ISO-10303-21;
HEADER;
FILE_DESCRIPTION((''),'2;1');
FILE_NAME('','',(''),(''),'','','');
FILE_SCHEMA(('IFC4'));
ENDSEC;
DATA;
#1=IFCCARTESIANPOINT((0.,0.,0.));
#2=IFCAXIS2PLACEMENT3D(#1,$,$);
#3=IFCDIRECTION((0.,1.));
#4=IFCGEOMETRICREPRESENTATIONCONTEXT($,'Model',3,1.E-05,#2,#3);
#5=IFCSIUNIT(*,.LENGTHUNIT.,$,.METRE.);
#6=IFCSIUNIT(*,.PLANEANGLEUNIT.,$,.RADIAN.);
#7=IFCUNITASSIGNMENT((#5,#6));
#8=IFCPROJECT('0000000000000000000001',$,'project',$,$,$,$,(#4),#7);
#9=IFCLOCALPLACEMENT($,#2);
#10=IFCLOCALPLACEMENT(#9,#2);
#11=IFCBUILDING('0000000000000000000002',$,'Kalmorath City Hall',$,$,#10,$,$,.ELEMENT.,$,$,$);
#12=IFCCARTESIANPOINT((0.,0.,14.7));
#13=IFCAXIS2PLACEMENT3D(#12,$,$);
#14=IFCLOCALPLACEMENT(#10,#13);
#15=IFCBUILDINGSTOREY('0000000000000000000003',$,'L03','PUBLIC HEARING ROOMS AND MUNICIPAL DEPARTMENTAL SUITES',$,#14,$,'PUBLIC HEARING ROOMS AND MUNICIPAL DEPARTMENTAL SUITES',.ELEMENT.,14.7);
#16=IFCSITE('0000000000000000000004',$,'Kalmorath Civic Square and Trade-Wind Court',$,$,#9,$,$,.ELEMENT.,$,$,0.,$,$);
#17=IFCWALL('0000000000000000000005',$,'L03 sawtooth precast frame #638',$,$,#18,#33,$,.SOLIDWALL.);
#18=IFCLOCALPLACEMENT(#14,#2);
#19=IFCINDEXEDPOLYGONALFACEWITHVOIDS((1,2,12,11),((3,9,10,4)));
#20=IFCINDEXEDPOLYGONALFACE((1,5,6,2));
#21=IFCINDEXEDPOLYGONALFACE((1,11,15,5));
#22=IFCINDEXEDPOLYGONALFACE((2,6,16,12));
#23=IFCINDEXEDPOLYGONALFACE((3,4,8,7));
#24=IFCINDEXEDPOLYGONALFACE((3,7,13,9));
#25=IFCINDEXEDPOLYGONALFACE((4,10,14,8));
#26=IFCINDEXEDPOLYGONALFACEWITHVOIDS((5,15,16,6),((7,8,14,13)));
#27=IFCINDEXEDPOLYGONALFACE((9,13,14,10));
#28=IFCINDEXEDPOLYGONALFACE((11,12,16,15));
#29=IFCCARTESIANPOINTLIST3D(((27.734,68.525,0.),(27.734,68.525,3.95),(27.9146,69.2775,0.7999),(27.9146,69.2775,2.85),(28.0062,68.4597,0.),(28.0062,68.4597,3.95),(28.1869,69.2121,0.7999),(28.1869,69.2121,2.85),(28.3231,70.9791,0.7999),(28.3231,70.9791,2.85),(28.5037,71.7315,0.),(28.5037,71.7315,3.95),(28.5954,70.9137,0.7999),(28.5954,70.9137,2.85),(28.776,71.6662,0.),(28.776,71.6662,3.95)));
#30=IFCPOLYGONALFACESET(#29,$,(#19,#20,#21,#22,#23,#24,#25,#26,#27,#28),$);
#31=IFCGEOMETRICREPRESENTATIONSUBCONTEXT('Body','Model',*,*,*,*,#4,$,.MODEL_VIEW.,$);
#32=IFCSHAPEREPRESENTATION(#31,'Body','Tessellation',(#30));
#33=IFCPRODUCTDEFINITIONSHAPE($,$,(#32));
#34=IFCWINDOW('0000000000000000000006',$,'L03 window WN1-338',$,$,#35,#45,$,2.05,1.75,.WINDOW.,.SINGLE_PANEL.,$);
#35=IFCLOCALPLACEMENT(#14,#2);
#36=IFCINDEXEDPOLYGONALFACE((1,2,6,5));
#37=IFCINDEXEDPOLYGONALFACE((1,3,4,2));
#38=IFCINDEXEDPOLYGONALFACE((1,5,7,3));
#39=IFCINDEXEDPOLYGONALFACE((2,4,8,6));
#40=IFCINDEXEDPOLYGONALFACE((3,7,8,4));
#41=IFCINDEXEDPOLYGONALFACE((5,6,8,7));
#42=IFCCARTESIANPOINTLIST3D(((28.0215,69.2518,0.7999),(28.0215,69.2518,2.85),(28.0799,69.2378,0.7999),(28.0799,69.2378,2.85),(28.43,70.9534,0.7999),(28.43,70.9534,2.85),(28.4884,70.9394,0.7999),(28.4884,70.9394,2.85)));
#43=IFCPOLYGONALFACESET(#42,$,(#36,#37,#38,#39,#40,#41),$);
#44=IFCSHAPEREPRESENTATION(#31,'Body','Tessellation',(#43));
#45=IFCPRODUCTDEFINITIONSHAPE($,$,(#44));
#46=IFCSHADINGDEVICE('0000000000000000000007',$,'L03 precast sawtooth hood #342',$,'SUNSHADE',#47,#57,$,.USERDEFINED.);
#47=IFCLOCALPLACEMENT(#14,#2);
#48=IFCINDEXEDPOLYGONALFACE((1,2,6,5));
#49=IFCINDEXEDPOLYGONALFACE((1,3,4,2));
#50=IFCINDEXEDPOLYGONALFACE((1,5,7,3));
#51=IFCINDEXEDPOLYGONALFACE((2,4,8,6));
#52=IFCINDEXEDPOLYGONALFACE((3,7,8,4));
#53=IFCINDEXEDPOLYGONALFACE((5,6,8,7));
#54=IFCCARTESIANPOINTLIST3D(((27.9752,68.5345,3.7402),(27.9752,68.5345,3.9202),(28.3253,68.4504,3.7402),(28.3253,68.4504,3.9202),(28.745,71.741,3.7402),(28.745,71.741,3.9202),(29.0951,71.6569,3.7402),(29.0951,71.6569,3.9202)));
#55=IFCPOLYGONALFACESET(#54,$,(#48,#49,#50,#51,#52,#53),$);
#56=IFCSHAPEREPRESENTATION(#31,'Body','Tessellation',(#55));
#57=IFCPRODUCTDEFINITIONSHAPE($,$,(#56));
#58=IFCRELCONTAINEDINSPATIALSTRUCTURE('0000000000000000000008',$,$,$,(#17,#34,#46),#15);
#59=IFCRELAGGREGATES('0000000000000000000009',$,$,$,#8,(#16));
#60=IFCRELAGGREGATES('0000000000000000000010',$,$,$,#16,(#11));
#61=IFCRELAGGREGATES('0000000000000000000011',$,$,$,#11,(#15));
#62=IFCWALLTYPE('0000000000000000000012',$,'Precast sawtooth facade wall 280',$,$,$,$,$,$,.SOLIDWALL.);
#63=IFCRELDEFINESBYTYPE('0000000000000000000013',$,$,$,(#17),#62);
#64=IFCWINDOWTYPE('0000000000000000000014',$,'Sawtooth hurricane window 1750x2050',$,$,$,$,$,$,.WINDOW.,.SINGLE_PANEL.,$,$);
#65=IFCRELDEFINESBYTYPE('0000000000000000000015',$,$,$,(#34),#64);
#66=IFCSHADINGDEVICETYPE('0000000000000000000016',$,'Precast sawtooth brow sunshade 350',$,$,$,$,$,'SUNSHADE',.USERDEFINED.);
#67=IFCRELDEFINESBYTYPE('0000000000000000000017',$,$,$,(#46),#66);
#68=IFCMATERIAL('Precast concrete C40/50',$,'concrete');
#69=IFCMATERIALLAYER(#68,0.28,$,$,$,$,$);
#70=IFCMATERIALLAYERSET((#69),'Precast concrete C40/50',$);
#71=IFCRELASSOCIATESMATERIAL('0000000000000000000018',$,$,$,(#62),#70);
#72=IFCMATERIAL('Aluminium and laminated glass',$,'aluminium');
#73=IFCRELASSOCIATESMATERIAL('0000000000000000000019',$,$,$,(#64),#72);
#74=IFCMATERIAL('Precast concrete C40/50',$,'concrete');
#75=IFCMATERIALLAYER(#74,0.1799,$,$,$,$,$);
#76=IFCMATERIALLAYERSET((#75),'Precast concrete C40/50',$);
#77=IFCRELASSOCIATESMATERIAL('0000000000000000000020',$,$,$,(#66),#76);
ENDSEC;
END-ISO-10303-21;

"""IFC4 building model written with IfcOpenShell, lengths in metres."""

from ifc_helpers import new_model, si_unit, direction, frame, frame_2d, origin, origin_2d, place, context, subcontext, project, spatial, rectangle, extrude, material, layer, layer_set, type_object, element, fill, save


model = new_model("IFC4")

# Units and contexts
model_context = context("Model", 3, precision=1e-05, world=origin(), true_north=direction((0.0, 1.0)))
body_context = subcontext(model_context, "Body", "Model", "MODEL_VIEW")
ifc_project = project(units=[si_unit("LENGTHUNIT", "METRE"), si_unit("PLANEANGLEUNIT", "RADIAN")], contexts=[model_context])

# Site, building, storey
site_placement = place(None, origin())
site = spatial("IfcSite", under=ifc_project, at=site_placement, Name="Kalmorath Civic Square and Trade-Wind Court", CompositionType="ELEMENT", RefElevation=0.0)
building_placement = place(site_placement, origin())
building = spatial("IfcBuilding", under=site, at=building_placement, Name="Kalmorath City Hall", CompositionType="ELEMENT")
storey_placement = place(building_placement, frame((0.0, 0.0, 14.7)))
storey = spatial("IfcBuildingStorey", under=building, at=storey_placement, Name="L03", Description="PUBLIC HEARING ROOMS AND MUNICIPAL DEPARTMENTAL SUITES", LongName="PUBLIC HEARING ROOMS AND MUNICIPAL DEPARTMENTAL SUITES", CompositionType="ELEMENT", Elevation=14.7)

# Wall, opening, window
ifc_material_1 = material(Name="Precast concrete C40/50", Category="concrete")
ifc_layer_1 = layer(ifc_material_1, 0.28)
ifc_layer_set_1 = layer_set([ifc_layer_1], Name="Precast concrete C40/50")
wall_type = type_object("IfcWallType", Name="Precast sawtooth facade wall 280", PredefinedType="SOLIDWALL", material=ifc_layer_set_1)
wall_placement = place(storey_placement, frame((28.6399, 71.699, 0.0), z_axis=(0.0, 0.0, 1.0), x_axis=(-0.233432, -0.972373, 0.0)))
wall = element("IfcWall", 1, at=wall_placement, inside=storey, type_object=wall_type, Name="L03 sawtooth precast frame #638", PredefinedType="SOLIDWALL", context=body_context, shape_type="SweptSolid", body=[
    extrude(rectangle(XDim=3.2976, YDim=0.28, at=frame_2d((1.6489, 0.0))), origin(), (0.0, 0.0, 1.0), 3.95),
])
opening_placement = place(wall_placement, frame((0.7739, 0.0, 0.8)))
opening = element("IfcOpeningElement", 2, at=opening_placement, cuts=wall, PredefinedType="OPENING", context=body_context, shape_type="SweptSolid", body=[
    extrude(rectangle(XDim=1.75, YDim=2.05, at=frame_2d((0.875, 1.0249))), frame((0.0, 0.1499, 0.0), z_axis=(0.0, -1.0, 0.0), x_axis=(1.0, 0.0, 0.0)), (0.0, 0.0, 1.0), 0.3),
])
ifc_material_2 = material(Name="Aluminium and laminated glass", Category="aluminium")
window_type = type_object("IfcWindowType", Name="Sawtooth hurricane window 1750x2050", PartitioningType="SINGLE_PANEL", PredefinedType="WINDOW", material=ifc_material_2)
window_placement = place(opening_placement, origin())
window = element("IfcWindow", 3, at=window_placement, inside=storey, type_object=window_type, Name="L03 window WN1-338", OverallHeight=2.05, OverallWidth=1.75, PartitioningType="SINGLE_PANEL", PredefinedType="WINDOW", context=body_context, shape_type="SweptSolid", body=[
    extrude(rectangle(XDim=1.75, YDim=2.05, at=frame_2d((0.875, 1.0249))), frame((0.0, 0.03, 0.0), z_axis=(0.0, -1.0, 0.0), x_axis=(1.0, 0.0, 0.0)), (0.0, 0.0, 1.0), 0.0601),
])
fill(opening, window)

# Shading device
ifc_material_3 = material(Name="Precast concrete C40/50", Category="concrete")
ifc_layer_2 = layer(ifc_material_3, 0.1799)
ifc_layer_set_2 = layer_set([ifc_layer_2], Name="Precast concrete C40/50")
shading_device_type = type_object("IfcShadingDeviceType", Name="Precast sawtooth brow sunshade 350", ElementType="SUNSHADE", PredefinedType="USERDEFINED", material=ifc_layer_set_2)
shading_device_placement = place(storey_placement, frame((28.5352, 70.0957, 3.7402), z_axis=(0.0, 0.0, 1.0), x_axis=(-0.233445, -0.97237, 0.0)))
element("IfcShadingDevice", 4, at=shading_device_placement, inside=storey, type_object=shading_device_type, Name="L03 precast sawtooth hood #342", ObjectType="SUNSHADE", PredefinedType="USERDEFINED", context=body_context, shape_type="SweptSolid", body=[
    extrude(rectangle(XDim=3.2976, YDim=0.3601, at=origin_2d()), origin(), (0.0, 0.0, 1.0), 0.1799),
])

save(model, "model.ifc")
